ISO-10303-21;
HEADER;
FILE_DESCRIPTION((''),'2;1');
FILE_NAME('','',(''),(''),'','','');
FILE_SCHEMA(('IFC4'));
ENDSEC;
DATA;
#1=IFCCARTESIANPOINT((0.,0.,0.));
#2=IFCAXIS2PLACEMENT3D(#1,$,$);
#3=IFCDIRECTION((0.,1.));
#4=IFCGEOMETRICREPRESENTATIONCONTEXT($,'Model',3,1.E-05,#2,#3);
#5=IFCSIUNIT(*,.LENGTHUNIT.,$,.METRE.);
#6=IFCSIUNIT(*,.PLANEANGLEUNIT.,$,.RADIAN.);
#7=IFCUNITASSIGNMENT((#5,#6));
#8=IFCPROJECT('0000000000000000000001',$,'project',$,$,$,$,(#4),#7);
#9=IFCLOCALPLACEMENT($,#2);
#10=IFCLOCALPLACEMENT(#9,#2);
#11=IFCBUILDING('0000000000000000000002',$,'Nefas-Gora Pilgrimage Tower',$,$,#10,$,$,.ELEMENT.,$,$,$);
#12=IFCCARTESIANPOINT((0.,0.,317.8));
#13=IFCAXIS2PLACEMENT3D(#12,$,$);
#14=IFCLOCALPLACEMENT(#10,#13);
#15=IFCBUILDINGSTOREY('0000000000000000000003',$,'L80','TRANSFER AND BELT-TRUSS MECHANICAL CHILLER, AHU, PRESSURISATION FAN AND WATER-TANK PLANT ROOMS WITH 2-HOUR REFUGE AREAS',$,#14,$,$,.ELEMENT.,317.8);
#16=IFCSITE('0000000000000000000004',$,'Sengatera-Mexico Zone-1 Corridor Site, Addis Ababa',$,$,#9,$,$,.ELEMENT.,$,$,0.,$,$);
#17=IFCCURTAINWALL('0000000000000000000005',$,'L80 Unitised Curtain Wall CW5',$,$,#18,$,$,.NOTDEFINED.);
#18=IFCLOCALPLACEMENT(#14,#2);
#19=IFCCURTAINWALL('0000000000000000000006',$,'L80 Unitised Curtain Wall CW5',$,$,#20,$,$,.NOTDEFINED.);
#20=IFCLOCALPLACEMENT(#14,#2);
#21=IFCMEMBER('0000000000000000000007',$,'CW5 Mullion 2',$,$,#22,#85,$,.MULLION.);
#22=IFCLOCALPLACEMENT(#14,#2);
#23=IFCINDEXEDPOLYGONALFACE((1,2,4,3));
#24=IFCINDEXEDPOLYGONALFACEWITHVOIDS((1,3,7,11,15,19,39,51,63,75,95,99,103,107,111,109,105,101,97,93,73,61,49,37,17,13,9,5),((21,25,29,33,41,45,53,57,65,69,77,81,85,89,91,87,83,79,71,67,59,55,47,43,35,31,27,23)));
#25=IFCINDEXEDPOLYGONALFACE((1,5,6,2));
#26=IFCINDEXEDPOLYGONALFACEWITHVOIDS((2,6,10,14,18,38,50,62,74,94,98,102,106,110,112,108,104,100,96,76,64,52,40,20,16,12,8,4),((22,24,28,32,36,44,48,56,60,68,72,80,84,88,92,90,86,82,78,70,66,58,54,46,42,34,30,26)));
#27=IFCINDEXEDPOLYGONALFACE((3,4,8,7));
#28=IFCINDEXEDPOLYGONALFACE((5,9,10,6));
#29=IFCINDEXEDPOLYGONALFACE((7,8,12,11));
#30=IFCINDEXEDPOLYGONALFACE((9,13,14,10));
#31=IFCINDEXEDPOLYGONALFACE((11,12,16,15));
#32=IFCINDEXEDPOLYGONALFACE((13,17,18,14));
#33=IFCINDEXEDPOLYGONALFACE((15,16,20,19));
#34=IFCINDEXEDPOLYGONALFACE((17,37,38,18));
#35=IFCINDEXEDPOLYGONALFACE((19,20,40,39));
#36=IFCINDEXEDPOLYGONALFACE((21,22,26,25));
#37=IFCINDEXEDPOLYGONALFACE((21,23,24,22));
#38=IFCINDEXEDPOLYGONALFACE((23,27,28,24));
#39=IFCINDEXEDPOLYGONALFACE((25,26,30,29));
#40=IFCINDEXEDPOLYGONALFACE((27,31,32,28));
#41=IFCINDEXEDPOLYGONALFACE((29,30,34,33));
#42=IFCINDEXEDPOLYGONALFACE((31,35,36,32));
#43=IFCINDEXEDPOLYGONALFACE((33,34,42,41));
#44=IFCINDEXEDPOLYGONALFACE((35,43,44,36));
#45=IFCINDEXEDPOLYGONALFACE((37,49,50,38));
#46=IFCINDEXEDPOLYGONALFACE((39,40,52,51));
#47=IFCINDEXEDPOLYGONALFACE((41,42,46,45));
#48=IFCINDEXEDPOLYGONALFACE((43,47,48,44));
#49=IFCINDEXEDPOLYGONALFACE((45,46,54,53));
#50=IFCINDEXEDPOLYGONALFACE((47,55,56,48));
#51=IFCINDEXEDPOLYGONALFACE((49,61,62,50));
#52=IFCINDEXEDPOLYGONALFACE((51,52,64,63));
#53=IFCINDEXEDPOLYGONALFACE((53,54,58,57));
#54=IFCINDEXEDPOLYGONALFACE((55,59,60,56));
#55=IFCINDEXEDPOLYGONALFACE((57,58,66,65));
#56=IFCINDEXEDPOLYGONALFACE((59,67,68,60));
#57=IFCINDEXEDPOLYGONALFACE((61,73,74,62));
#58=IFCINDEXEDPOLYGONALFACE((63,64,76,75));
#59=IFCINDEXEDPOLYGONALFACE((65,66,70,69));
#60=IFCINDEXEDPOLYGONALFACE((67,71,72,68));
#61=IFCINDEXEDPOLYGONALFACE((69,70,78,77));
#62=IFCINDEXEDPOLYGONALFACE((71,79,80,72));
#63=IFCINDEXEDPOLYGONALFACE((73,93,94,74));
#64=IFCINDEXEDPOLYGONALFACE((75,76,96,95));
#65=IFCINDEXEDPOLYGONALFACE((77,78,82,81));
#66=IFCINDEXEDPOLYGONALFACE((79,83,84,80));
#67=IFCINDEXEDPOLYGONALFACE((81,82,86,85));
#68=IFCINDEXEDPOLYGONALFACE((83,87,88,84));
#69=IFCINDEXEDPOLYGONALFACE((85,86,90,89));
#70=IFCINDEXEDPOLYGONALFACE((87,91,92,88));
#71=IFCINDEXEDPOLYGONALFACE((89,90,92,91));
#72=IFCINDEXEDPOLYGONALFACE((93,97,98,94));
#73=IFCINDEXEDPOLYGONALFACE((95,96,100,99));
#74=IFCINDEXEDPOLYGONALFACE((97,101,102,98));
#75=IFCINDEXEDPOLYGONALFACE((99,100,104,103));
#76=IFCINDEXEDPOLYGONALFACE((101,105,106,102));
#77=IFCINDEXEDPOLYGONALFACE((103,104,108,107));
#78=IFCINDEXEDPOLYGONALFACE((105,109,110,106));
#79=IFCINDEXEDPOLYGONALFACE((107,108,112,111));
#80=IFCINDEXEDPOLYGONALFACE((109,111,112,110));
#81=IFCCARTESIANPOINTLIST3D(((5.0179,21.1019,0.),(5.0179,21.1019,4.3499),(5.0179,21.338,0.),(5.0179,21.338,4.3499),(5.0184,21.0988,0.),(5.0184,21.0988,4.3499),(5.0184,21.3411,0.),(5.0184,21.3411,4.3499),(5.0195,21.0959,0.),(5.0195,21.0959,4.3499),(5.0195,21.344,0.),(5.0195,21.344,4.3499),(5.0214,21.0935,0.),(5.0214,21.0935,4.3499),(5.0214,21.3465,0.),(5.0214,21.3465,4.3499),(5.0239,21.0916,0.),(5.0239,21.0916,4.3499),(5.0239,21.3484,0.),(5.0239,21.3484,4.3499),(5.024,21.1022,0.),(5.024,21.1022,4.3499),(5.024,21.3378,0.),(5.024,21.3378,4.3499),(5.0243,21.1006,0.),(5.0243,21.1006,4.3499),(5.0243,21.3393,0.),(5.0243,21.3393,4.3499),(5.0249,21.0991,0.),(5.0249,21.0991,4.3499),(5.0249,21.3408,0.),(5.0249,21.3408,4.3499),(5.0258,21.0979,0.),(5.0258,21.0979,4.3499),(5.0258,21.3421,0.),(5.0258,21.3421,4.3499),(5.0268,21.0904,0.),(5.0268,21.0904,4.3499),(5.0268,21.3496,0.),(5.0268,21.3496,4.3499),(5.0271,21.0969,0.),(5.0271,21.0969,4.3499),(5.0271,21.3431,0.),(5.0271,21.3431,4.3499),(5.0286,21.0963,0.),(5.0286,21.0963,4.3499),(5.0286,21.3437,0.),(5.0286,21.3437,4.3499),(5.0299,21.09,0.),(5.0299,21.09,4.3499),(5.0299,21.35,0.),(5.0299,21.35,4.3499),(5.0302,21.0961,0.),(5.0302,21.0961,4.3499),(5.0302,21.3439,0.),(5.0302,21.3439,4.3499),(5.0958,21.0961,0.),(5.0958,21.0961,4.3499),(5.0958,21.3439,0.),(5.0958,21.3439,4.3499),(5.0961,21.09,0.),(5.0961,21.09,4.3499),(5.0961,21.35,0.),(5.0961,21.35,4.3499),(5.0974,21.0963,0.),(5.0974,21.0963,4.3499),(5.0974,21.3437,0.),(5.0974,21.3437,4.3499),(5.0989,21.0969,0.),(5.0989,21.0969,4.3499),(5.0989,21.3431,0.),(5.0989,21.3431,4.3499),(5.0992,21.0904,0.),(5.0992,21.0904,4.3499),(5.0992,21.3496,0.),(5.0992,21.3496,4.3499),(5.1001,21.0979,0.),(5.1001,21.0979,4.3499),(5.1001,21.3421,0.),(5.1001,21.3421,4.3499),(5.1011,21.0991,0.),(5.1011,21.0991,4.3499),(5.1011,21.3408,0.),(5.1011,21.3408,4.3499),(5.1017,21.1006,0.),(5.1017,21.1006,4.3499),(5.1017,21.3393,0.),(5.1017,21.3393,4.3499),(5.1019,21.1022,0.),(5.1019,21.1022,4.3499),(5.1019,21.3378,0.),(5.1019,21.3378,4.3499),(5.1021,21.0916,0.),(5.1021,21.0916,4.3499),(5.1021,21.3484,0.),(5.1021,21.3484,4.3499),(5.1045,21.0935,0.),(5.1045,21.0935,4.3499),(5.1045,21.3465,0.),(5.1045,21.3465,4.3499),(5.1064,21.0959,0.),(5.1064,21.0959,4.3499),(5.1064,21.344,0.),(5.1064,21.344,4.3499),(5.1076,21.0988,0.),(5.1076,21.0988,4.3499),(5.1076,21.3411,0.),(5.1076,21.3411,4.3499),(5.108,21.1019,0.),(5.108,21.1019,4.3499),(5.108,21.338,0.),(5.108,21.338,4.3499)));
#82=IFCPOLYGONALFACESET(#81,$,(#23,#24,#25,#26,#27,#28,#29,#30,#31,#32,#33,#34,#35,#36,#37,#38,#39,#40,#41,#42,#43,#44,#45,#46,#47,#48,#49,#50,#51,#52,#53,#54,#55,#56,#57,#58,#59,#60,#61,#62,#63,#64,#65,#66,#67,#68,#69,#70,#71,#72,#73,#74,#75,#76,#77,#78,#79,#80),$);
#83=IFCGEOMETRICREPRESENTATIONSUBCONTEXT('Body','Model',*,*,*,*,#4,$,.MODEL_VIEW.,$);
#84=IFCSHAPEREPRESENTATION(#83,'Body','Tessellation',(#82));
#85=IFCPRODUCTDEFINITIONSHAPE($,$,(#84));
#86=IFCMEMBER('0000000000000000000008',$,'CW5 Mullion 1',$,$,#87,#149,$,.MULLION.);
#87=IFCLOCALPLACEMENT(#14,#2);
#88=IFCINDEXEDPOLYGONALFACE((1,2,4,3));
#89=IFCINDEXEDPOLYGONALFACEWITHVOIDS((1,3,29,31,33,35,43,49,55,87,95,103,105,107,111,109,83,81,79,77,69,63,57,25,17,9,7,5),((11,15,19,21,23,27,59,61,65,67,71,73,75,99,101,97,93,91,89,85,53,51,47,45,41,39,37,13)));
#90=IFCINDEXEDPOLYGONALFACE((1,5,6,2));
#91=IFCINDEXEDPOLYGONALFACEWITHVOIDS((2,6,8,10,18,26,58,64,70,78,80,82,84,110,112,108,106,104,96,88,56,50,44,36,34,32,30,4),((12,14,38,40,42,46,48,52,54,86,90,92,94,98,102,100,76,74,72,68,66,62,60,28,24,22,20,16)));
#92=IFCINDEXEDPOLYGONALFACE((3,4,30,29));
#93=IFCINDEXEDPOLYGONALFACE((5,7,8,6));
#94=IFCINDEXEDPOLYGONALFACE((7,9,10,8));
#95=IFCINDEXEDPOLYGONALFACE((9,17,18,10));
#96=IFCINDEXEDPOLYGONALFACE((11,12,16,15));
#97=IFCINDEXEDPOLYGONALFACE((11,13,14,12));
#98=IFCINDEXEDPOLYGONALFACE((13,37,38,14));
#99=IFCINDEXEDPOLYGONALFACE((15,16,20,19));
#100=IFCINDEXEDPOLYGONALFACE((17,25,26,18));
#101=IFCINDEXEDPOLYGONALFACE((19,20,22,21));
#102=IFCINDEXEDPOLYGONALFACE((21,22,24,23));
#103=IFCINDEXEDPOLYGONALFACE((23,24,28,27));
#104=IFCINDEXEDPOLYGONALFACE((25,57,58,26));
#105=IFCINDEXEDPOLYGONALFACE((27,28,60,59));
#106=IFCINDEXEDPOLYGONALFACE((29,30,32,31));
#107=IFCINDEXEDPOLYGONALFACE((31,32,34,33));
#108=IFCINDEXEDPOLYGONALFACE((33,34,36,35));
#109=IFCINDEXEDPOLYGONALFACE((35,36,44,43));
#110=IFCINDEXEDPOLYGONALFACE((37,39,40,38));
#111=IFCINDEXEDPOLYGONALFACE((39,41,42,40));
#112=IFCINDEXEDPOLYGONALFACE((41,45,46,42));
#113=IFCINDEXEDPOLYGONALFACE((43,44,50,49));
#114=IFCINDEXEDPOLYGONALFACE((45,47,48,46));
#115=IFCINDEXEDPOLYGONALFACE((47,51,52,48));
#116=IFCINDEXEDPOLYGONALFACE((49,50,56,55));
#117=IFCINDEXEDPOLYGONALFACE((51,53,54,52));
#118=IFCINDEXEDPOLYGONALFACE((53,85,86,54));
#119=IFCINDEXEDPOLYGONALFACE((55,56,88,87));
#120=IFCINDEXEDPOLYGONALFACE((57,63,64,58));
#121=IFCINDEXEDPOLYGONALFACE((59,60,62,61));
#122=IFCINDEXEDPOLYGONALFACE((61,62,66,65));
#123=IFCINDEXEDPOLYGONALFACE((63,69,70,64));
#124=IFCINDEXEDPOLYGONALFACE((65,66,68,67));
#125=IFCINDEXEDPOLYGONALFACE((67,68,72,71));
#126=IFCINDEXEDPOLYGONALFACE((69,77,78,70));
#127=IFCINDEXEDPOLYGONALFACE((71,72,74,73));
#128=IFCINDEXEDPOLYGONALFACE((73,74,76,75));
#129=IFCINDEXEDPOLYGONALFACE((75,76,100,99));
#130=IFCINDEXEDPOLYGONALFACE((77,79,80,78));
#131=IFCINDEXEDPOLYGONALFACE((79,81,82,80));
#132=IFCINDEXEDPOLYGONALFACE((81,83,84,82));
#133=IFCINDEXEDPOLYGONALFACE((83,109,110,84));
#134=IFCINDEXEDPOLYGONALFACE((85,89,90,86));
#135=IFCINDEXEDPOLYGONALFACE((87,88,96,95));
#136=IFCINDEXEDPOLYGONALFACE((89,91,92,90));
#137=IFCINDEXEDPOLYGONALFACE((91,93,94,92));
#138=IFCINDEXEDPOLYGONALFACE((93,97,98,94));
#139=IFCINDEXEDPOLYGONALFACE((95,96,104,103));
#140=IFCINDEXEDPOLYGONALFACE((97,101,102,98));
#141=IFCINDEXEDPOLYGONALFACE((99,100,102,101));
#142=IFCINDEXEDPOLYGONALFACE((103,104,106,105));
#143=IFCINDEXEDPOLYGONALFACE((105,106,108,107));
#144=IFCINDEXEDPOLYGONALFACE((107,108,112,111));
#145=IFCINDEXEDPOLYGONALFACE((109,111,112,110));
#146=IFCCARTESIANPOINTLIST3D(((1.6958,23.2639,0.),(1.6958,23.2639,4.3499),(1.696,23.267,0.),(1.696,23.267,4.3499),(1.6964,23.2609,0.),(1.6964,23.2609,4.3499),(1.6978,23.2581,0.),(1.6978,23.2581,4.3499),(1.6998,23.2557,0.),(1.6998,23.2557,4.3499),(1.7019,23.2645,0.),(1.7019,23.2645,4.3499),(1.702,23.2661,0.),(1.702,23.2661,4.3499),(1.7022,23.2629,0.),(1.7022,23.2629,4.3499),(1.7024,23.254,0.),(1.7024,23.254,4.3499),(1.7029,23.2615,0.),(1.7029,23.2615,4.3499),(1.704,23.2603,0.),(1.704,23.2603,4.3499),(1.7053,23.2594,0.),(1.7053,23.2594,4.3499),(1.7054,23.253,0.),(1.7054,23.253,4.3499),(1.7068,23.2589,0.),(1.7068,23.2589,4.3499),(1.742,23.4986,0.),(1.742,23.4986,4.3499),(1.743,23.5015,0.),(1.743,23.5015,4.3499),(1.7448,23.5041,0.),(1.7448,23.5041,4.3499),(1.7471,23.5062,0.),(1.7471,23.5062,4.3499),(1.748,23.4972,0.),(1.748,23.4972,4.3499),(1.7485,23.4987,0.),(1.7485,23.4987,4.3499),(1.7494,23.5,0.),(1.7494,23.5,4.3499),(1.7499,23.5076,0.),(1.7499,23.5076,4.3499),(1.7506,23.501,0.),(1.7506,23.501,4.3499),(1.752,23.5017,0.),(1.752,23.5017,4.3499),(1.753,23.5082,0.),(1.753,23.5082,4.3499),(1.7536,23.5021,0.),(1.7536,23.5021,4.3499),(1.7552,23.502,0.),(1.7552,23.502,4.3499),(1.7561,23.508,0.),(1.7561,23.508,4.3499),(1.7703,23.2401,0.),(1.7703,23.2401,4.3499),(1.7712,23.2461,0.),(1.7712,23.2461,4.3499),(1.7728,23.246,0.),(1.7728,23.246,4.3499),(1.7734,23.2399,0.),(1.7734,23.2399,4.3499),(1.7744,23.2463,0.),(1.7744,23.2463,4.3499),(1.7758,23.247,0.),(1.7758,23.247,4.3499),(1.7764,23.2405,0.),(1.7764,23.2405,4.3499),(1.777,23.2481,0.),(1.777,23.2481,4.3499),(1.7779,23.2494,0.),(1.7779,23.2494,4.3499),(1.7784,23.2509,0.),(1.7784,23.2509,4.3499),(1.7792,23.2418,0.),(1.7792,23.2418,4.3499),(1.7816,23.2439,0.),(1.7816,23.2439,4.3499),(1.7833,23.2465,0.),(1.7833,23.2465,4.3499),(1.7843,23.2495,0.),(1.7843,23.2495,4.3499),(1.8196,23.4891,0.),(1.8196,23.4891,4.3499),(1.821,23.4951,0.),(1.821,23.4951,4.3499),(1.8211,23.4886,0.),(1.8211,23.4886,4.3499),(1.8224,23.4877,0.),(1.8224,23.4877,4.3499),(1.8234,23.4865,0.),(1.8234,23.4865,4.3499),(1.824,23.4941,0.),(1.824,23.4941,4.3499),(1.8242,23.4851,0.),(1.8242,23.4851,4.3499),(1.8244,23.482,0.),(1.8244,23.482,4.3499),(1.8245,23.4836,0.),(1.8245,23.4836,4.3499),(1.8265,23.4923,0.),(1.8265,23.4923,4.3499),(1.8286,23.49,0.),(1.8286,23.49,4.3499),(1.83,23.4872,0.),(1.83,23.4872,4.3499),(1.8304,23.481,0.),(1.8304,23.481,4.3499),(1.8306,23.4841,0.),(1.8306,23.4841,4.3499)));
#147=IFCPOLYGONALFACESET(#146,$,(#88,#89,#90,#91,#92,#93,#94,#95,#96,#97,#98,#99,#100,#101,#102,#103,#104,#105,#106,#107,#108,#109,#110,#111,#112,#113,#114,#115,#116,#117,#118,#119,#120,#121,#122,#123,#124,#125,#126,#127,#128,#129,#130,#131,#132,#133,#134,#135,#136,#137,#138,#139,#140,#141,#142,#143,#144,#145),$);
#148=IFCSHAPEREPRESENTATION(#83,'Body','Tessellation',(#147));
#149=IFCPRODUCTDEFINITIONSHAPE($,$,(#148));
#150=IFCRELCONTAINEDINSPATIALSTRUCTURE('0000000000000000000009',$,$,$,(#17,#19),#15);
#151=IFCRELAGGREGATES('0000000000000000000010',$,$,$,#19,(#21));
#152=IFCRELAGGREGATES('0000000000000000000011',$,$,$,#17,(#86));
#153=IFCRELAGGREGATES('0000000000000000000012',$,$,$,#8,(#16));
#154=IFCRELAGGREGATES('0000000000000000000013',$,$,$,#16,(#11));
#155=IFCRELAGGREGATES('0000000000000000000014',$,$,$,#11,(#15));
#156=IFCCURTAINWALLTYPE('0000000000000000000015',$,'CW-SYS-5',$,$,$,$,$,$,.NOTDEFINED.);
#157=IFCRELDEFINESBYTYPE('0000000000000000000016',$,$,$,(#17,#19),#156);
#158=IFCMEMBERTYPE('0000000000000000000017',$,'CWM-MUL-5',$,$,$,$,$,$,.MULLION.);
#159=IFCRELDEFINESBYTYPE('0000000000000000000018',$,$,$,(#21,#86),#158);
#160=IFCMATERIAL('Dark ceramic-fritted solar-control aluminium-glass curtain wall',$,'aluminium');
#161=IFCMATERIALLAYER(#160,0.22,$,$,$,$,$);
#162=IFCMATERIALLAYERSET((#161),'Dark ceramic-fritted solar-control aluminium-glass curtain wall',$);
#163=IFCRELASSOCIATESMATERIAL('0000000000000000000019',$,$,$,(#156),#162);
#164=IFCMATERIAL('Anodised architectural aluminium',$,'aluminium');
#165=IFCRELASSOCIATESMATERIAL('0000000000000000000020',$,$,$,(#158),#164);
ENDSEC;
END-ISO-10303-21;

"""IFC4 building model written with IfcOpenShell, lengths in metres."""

from ifc_helpers import new_model, si_unit, direction, frame, origin, origin_2d, place, context, subcontext, project, spatial, hollow_rectangle, extrude, source, transform, mapped, material, layer, layer_set, material_profile, profile_set, type_object, element, aggregate, save


model = new_model("IFC4")

# Units and contexts
model_context = context("Model", 3, precision=1e-05, world=origin(), true_north=direction((0.0, 1.0)))
body_context = subcontext(model_context, "Body", "Model", "MODEL_VIEW")
ifc_project = project(units=[si_unit("LENGTHUNIT", "METRE"), si_unit("PLANEANGLEUNIT", "RADIAN")], contexts=[model_context])

# Site, building, storey
site_placement = place(None, origin())
site = spatial("IfcSite", under=ifc_project, at=site_placement, Name="Sengatera-Mexico Zone-1 Corridor Site, Addis Ababa", CompositionType="ELEMENT", RefElevation=0.0)
building_placement = place(site_placement, origin())
building = spatial("IfcBuilding", under=site, at=building_placement, Name="Nefas-Gora Pilgrimage Tower", CompositionType="ELEMENT")
storey_placement = place(building_placement, frame((0.0, 0.0, 317.8)))
storey = spatial("IfcBuildingStorey", under=building, at=storey_placement, Name="L80", Description="TRANSFER AND BELT-TRUSS MECHANICAL CHILLER, AHU, PRESSURISATION FAN AND WATER-TANK PLANT ROOMS WITH 2-HOUR REFUGE AREAS", CompositionType="ELEMENT", Elevation=317.8)

# Curtain walls, member
ifc_material_1 = material(Name="Dark ceramic-fritted solar-control aluminium-glass curtain wall", Category="aluminium")
ifc_layer_1 = layer(ifc_material_1, 0.22)
ifc_layer_set_1 = layer_set([ifc_layer_1], Name="Dark ceramic-fritted solar-control aluminium-glass curtain wall")
curtain_wall_type = type_object("IfcCurtainWallType", Name="CW-SYS-5", PredefinedType="NOTDEFINED", material=ifc_layer_set_1)
curtain_wall_1_placement = place(storey_placement, origin())
curtain_wall_1 = element("IfcCurtainWall", 1, at=curtain_wall_1_placement, inside=storey, type_object=curtain_wall_type, Name="L80 Unitised Curtain Wall CW5", PredefinedType="NOTDEFINED")
ifc_material_2 = material(Name="Anodised architectural aluminium", Category="aluminium")
curtain_wall_2_placement = place(storey_placement, origin())
curtain_wall_2 = element("IfcCurtainWall", 2, at=curtain_wall_2_placement, inside=storey, type_object=curtain_wall_type, Name="L80 Unitised Curtain Wall CW5", PredefinedType="NOTDEFINED")
ifc_material_profile_1 = material_profile(ifc_material_2, hollow_rectangle(XDim=0.0901, YDim=0.26, WallThickness=0.0061, InnerFilletRadius=0.0061, OuterFilletRadius=0.012, at=origin_2d()), Name="ALU MULLION 90x260")
ifc_profile_set_1 = profile_set([ifc_material_profile_1], Name="Anodised architectural aluminium")
member_type_1 = type_object("IfcMemberType", Name="CWM-MUL-5", PredefinedType="MULLION", material=ifc_profile_set_1)
shared_shape_1 = source(origin(), body_context, "Body", "SweptSolid", [
    extrude(hollow_rectangle(XDim=0.0901, YDim=0.26, WallThickness=0.0061, InnerFilletRadius=0.0061, OuterFilletRadius=0.012, at=origin_2d()), origin(), (0.0, 0.0, 1.0), 4.3499),
])
member_1_placement = place(storey_placement, frame((5.063, 21.22, 0.0), z_axis=(0.0, 0.0, 1.0), x_axis=(-1.0, 0.0, 0.0)))
member_1 = element("IfcMember", 3, at=member_1_placement, type_object=member_type_1, Name="CW5 Mullion 2", PredefinedType="MULLION", context=body_context, shape_type="MappedRepresentation", body=[
    mapped(shared_shape_1, transform((0.0, 0.0, 0.0), x_axis=(1.0, 0.0, 0.0), y_axis=(0.0, 1.0, 0.0), z_axis=(0.0, 0.0, 1.0), scale=1.0)),
])

# Member
member_2_placement = place(storey_placement, frame((1.7632, 23.374, 0.0), z_axis=(0.0, 0.0, 1.0), x_axis=(-0.980783, 0.195102, 0.0)))
member_2 = element("IfcMember", 4, at=member_2_placement, type_object=member_type_1, Name="CW5 Mullion 1", PredefinedType="MULLION", context=body_context, shape_type="MappedRepresentation", body=[
    mapped(shared_shape_1, transform((0.0, 0.0, 0.0), x_axis=(1.0, 0.0, 0.0), y_axis=(0.0, 1.0, 0.0), z_axis=(0.0, 0.0, 1.0), scale=1.0)),
])

aggregate(curtain_wall_2, [member_1])
aggregate(curtain_wall_1, [member_2])

save(model, "model.ifc")
